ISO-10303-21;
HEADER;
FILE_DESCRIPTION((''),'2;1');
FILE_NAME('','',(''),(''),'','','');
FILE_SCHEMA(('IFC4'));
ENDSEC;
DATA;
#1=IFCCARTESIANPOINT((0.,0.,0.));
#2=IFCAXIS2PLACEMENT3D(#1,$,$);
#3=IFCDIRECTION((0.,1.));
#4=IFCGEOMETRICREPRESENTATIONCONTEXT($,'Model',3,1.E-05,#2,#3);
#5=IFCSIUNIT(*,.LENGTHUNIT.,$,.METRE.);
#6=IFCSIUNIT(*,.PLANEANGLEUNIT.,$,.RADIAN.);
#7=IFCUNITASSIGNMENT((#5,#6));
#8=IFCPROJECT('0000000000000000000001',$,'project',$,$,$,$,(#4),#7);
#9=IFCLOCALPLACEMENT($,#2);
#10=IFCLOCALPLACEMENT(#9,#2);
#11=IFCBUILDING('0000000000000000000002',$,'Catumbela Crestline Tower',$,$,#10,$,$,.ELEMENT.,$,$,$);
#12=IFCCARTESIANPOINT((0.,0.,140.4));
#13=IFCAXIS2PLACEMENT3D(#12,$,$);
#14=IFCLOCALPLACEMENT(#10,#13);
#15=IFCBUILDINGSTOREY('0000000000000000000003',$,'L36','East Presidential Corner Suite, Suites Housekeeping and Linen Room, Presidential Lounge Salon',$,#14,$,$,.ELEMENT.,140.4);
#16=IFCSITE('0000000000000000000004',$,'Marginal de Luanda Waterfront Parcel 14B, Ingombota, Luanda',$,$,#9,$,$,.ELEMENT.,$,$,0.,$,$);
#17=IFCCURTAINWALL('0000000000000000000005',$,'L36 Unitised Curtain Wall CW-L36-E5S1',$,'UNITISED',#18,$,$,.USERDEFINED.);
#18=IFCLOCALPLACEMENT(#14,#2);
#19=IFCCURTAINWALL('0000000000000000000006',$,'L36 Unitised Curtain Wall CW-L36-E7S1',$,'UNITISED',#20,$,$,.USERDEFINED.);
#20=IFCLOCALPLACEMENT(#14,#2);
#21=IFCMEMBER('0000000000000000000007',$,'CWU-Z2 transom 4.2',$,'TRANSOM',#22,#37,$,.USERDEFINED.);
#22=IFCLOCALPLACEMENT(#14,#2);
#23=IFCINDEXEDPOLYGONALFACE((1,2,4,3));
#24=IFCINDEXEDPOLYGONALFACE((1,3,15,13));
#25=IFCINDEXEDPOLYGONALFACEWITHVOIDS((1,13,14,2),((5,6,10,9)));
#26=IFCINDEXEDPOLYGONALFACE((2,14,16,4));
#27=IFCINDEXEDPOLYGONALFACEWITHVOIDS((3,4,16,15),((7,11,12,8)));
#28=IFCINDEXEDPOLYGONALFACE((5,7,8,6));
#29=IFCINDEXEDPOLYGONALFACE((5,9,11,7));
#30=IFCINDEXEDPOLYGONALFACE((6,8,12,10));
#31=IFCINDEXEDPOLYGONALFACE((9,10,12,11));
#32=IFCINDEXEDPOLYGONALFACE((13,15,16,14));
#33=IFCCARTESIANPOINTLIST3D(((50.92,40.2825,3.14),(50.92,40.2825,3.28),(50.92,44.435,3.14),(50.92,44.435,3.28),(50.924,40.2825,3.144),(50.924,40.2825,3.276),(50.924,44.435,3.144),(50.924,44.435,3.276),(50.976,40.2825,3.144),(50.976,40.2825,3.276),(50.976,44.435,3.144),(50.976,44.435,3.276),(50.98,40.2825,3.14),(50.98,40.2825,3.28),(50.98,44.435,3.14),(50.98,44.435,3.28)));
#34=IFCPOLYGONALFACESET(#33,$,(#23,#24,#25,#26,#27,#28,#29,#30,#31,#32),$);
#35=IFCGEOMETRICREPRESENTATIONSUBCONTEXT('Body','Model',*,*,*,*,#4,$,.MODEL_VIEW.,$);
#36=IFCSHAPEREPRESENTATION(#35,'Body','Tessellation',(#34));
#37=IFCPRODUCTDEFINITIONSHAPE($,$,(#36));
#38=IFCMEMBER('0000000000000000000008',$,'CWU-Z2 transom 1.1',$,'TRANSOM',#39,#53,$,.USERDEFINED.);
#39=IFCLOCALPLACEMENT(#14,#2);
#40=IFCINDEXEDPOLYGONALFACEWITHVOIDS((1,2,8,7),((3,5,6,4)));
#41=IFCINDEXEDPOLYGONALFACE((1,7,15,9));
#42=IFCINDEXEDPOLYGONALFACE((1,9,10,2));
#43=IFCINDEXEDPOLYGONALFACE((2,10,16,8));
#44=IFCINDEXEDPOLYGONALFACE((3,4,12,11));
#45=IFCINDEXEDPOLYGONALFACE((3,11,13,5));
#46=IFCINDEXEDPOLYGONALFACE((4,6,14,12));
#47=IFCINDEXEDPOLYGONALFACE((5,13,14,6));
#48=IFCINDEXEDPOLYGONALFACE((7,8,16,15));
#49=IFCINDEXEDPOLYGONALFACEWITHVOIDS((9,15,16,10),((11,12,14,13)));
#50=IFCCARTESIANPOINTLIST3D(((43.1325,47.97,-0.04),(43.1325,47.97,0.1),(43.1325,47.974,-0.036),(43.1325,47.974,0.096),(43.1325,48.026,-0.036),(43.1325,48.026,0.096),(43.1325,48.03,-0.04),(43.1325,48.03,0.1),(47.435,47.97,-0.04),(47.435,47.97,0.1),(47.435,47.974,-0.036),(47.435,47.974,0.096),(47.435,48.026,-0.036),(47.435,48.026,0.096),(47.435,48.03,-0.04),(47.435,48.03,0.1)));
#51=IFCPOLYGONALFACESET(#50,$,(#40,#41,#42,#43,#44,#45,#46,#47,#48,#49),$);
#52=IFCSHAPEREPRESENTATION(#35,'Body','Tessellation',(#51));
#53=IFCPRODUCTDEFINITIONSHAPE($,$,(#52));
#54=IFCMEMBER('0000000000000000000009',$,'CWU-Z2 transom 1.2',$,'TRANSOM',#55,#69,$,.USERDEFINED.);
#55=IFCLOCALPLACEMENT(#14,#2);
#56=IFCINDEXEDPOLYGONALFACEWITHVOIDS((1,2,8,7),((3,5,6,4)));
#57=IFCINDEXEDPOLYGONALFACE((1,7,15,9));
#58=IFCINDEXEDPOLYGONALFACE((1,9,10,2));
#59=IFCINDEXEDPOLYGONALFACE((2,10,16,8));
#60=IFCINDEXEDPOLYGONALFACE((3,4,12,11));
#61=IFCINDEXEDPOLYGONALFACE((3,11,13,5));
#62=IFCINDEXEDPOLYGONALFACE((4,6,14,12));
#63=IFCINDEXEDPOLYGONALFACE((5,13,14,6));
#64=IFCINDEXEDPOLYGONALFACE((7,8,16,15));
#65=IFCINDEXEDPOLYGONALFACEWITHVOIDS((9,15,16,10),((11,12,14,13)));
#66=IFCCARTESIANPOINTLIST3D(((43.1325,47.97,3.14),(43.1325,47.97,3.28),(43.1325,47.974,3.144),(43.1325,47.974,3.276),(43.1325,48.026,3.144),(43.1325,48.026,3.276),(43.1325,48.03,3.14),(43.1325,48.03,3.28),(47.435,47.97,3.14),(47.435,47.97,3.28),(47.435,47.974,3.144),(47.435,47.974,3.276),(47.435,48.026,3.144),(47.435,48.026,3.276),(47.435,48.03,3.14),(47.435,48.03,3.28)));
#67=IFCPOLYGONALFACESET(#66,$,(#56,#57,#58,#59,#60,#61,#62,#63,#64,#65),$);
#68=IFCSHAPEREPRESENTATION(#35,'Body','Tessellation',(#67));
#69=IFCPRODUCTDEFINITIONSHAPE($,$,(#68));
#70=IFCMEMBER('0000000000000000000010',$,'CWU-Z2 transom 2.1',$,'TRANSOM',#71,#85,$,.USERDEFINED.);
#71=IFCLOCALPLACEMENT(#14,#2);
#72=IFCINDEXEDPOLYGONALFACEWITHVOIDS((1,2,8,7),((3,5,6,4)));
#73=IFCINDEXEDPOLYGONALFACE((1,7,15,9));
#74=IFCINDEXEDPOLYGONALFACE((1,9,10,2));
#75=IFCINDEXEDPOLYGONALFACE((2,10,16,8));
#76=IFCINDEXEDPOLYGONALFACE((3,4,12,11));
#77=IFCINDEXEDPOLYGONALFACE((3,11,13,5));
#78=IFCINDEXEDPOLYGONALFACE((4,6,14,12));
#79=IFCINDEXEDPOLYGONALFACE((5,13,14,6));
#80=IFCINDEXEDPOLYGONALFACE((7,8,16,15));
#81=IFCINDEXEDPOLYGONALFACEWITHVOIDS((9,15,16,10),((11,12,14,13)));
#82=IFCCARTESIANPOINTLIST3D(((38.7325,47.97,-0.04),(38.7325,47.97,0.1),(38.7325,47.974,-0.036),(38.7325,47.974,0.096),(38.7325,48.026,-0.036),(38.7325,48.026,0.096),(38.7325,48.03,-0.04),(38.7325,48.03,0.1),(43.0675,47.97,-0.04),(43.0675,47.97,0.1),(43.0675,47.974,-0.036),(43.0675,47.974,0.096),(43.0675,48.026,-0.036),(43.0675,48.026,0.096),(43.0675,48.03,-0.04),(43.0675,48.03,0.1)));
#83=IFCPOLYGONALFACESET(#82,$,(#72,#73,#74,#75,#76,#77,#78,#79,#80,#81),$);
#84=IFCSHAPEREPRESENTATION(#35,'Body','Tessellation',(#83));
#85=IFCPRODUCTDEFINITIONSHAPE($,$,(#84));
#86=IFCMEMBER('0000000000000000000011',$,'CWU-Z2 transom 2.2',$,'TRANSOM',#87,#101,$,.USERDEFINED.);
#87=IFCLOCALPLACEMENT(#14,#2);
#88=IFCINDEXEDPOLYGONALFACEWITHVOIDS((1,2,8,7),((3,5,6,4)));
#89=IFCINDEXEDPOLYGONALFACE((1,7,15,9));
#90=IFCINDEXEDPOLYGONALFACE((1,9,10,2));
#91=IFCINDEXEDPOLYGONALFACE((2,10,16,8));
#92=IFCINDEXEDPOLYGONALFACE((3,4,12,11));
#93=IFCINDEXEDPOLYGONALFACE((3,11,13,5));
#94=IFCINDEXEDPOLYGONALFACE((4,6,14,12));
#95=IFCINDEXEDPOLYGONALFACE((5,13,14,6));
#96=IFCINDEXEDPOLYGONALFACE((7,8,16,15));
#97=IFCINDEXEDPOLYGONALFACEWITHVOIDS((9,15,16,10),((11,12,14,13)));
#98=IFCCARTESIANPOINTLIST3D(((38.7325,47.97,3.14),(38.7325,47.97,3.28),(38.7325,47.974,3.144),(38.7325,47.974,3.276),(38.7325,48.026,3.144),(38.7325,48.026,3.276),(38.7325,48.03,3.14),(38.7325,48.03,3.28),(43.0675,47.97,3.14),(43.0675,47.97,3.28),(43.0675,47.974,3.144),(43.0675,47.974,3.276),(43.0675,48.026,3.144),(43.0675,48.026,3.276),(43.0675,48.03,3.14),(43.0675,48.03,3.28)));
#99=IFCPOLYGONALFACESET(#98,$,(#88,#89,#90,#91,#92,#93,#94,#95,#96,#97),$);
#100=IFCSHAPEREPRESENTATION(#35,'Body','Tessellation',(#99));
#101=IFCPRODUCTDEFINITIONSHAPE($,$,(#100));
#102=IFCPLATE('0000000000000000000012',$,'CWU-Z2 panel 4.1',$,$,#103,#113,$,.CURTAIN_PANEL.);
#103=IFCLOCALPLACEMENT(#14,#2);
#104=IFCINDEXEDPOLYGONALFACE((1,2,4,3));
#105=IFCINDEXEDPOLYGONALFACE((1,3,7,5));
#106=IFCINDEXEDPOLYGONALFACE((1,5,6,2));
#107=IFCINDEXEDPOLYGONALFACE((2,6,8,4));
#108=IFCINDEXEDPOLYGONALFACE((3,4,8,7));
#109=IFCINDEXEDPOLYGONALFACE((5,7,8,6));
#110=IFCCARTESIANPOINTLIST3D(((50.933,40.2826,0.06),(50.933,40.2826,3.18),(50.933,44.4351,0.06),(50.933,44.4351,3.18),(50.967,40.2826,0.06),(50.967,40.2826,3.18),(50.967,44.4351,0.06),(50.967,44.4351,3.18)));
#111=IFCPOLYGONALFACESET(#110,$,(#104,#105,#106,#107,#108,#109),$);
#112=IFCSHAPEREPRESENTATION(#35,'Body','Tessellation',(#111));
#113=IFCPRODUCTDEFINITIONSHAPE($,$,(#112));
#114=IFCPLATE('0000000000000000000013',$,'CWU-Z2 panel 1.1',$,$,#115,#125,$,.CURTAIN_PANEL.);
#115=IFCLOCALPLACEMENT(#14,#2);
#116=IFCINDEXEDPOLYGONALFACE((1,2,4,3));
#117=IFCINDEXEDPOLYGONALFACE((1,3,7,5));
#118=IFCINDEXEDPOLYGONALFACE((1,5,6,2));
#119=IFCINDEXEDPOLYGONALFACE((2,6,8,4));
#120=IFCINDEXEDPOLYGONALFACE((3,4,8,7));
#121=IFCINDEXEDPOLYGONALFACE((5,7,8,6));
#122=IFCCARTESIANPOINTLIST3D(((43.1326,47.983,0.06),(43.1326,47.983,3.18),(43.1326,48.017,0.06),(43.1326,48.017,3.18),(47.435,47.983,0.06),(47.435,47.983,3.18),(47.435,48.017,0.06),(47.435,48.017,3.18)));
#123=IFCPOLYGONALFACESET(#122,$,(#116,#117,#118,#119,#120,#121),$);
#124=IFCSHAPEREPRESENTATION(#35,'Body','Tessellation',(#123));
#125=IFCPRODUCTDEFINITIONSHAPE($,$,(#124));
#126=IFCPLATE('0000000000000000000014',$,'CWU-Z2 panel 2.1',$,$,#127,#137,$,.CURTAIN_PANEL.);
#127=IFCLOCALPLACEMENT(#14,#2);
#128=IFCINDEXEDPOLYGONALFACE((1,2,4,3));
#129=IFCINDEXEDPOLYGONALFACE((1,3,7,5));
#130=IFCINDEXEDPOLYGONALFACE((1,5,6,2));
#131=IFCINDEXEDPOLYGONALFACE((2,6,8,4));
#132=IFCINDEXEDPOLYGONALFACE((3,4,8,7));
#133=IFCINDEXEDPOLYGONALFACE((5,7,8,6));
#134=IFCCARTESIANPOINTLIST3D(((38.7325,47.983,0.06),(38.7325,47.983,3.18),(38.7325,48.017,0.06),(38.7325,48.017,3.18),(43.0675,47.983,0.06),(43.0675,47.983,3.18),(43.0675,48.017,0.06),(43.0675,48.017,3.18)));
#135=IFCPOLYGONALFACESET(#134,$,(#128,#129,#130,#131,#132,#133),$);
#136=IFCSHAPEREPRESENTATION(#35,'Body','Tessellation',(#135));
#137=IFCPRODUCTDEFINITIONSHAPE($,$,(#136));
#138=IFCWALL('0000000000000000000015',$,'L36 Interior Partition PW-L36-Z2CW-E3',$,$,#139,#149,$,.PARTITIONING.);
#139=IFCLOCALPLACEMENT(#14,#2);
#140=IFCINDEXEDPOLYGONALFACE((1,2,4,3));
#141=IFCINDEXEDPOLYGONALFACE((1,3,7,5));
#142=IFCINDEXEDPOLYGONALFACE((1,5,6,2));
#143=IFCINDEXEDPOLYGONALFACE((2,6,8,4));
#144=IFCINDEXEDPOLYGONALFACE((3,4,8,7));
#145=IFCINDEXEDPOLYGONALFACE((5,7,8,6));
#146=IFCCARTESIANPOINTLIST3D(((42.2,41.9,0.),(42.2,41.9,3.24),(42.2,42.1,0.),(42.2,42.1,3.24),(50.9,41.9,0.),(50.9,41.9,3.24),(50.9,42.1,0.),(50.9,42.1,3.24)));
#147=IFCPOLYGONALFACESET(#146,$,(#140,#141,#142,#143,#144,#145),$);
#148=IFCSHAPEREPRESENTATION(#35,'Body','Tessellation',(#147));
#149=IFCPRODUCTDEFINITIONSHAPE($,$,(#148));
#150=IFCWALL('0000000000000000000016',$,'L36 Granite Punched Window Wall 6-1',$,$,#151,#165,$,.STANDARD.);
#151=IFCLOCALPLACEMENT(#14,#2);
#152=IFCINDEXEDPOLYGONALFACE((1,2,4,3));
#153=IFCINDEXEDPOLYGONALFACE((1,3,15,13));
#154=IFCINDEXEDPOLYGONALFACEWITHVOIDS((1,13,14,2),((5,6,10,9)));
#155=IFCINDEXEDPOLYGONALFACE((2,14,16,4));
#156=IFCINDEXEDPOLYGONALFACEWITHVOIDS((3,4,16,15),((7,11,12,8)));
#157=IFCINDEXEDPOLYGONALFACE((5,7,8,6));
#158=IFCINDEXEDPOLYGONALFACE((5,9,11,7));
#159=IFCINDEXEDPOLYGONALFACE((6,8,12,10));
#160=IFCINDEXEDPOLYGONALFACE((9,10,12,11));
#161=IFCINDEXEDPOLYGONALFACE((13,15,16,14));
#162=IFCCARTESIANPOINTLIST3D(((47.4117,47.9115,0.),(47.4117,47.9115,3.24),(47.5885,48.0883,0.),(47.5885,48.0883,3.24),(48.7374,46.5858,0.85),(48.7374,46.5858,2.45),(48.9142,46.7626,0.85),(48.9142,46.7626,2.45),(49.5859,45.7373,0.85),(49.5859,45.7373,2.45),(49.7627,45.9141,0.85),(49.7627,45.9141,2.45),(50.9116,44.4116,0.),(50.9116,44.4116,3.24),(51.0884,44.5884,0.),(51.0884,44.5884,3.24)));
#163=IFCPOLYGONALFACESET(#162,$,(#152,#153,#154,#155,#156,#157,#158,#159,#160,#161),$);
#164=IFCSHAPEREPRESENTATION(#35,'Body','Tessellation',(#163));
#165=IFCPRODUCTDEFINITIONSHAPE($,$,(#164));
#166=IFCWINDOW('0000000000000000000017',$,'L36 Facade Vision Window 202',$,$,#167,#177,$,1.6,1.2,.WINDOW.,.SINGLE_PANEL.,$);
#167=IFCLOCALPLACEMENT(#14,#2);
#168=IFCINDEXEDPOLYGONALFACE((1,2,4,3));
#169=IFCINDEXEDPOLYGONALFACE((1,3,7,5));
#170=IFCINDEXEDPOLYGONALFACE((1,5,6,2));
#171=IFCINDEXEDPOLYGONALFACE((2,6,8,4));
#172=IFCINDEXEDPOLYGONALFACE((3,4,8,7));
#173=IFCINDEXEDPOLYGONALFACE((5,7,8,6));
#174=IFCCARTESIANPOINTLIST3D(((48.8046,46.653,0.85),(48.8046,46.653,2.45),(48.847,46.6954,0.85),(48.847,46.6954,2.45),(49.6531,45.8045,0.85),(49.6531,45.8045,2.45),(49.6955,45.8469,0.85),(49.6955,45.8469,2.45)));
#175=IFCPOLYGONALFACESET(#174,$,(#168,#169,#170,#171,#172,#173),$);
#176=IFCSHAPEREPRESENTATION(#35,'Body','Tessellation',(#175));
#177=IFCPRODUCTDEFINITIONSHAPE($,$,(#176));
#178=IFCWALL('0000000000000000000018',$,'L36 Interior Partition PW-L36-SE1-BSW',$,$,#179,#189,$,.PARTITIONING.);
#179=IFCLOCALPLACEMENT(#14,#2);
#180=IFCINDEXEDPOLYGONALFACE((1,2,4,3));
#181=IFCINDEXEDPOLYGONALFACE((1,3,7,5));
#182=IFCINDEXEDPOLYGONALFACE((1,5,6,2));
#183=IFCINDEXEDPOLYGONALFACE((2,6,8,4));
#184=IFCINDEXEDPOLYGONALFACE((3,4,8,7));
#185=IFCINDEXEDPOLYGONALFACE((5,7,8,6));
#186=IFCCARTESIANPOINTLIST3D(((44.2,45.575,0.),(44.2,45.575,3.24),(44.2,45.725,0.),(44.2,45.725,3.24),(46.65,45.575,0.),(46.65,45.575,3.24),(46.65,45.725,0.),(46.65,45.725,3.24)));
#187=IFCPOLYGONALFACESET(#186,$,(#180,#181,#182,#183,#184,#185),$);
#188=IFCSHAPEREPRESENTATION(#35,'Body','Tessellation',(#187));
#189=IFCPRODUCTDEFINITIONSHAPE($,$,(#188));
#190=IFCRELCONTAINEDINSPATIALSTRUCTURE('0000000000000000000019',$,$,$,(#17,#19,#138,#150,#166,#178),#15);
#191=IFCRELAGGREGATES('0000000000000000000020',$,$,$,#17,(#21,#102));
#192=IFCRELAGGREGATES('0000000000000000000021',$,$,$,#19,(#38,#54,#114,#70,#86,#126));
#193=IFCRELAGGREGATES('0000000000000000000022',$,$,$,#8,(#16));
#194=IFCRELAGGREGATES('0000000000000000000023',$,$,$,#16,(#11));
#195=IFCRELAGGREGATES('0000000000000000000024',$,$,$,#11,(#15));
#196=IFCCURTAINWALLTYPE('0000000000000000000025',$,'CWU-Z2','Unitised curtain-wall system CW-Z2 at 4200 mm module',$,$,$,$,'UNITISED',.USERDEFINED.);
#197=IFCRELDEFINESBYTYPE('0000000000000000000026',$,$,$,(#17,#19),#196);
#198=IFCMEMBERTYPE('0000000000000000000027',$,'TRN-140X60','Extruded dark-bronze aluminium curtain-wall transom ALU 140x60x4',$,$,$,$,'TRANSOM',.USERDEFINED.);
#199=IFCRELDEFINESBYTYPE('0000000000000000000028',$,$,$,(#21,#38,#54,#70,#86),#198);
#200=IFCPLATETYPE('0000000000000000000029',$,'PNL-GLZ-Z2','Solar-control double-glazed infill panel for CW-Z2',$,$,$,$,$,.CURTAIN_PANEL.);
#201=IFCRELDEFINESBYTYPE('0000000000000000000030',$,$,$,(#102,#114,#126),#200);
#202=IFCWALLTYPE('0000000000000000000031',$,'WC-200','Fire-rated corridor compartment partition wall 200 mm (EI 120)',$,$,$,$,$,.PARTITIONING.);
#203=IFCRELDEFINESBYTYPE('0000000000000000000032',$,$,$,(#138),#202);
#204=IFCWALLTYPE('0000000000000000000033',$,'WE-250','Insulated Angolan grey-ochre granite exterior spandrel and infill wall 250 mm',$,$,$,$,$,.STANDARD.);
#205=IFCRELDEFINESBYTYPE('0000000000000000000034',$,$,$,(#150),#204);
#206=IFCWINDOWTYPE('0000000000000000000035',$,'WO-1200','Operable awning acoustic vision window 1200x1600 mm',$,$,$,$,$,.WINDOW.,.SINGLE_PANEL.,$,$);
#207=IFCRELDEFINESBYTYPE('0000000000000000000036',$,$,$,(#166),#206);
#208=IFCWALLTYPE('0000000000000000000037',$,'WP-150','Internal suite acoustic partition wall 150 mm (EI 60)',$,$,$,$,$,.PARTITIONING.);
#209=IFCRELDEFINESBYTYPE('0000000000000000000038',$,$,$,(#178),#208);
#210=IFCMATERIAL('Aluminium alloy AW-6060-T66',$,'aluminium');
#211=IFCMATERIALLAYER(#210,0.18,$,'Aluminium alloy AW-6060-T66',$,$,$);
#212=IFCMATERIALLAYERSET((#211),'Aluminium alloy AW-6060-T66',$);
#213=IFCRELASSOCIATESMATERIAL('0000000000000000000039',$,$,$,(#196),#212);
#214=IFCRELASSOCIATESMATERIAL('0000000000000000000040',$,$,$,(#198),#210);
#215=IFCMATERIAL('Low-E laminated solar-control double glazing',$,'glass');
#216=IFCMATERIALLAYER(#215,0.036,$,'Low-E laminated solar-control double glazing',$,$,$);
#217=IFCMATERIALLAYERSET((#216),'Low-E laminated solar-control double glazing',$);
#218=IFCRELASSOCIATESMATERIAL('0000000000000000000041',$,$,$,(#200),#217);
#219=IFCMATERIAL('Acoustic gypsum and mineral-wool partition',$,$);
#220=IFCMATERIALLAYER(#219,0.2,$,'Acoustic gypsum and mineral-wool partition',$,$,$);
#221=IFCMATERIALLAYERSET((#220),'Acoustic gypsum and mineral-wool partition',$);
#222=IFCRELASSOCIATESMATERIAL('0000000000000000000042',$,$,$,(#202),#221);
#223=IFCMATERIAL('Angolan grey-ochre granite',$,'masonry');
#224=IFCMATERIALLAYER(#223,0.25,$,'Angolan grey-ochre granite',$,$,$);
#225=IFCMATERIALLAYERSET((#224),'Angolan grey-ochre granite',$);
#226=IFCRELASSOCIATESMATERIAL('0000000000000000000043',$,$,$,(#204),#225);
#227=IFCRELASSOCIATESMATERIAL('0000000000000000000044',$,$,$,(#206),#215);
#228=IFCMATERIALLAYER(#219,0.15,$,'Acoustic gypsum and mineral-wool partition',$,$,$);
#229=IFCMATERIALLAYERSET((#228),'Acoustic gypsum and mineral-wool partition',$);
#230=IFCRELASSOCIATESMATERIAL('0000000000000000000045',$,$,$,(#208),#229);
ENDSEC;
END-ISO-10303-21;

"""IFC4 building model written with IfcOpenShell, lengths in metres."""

from ifc_helpers import new_model, si_unit, direction, frame, frame_2d, origin, origin_2d, place, context, subcontext, project, spatial, rectangle, hollow_rectangle, extrude, material, layer, layer_set, material_profile, profile_set, type_object, element, fill, aggregate, save


model = new_model("IFC4")

# Units and contexts
model_context = context("Model", 3, precision=1e-05, world=origin(), true_north=direction((0.0, 1.0)))
body_context = subcontext(model_context, "Body", "Model", "MODEL_VIEW")
ifc_project = project(units=[si_unit("LENGTHUNIT", "METRE"), si_unit("PLANEANGLEUNIT", "RADIAN")], contexts=[model_context])

# Site, building, storey
site_placement = place(None, origin())
site = spatial("IfcSite", under=ifc_project, at=site_placement, Name="Marginal de Luanda Waterfront Parcel 14B, Ingombota, Luanda", CompositionType="ELEMENT", RefElevation=0.0)
building_placement = place(site_placement, origin())
building = spatial("IfcBuilding", under=site, at=building_placement, Name="Catumbela Crestline Tower", CompositionType="ELEMENT")
storey_placement = place(building_placement, frame((0.0, 0.0, 140.4)))
storey = spatial("IfcBuildingStorey", under=building, at=storey_placement, Name="L36", Description="East Presidential Corner Suite, Suites Housekeeping and Linen Room, Presidential Lounge Salon", CompositionType="ELEMENT", Elevation=140.4)

# Curtain walls
ifc_material_1 = material(Name="Aluminium alloy AW-6060-T66", Category="aluminium")
ifc_layer_1 = layer(ifc_material_1, 0.18, Name="Aluminium alloy AW-6060-T66")
ifc_layer_set_1 = layer_set([ifc_layer_1], Name="Aluminium alloy AW-6060-T66")
curtain_wall_type = type_object("IfcCurtainWallType", Name="CWU-Z2", Description="Unitised curtain-wall system CW-Z2 at 4200 mm module", ElementType="UNITISED", PredefinedType="USERDEFINED", material=ifc_layer_set_1)
curtain_wall_1_placement = place(storey_placement, origin())
curtain_wall_1 = element("IfcCurtainWall", 1, at=curtain_wall_1_placement, inside=storey, type_object=curtain_wall_type, Name="L36 Unitised Curtain Wall CW-L36-E5S1", ObjectType="UNITISED", PredefinedType="USERDEFINED")
curtain_wall_2_placement = place(storey_placement, origin())
curtain_wall_2 = element("IfcCurtainWall", 2, at=curtain_wall_2_placement, inside=storey, type_object=curtain_wall_type, Name="L36 Unitised Curtain Wall CW-L36-E7S1", ObjectType="UNITISED", PredefinedType="USERDEFINED")

# Members
ifc_material_profile_1 = material_profile(ifc_material_1, hollow_rectangle(XDim=0.06, YDim=0.14, WallThickness=0.004, at=origin_2d()), Name="ALU 140x60x4")
ifc_profile_set_1 = profile_set([ifc_material_profile_1], Name="Aluminium alloy AW-6060-T66")
member_type_1 = type_object("IfcMemberType", Name="TRN-140X60", Description="Extruded dark-bronze aluminium curtain-wall transom ALU 140x60x4", ElementType="TRANSOM", PredefinedType="USERDEFINED", material=ifc_profile_set_1)
member_1_placement = place(storey_placement, frame((50.95, 40.2825, 3.21), z_axis=(0.0, 1.0, 0.0), x_axis=(-1.0, 0.0, 0.0)))
member_1 = element("IfcMember", 3, at=member_1_placement, type_object=member_type_1, Name="CWU-Z2 transom 4.2", ObjectType="TRANSOM", PredefinedType="USERDEFINED", context=body_context, shape_type="SweptSolid", body=[
    extrude(hollow_rectangle(XDim=0.06, YDim=0.14, WallThickness=0.004, at=origin_2d()), origin(), (0.0, 0.0, 1.0), 4.1525),
])
member_2_placement = place(storey_placement, frame((47.435, 48.0, 0.03), z_axis=(-1.0, 0.0, 0.0), x_axis=(0.0, -1.0, 0.0)))
member_2 = element("IfcMember", 4, at=member_2_placement, type_object=member_type_1, Name="CWU-Z2 transom 1.1", ObjectType="TRANSOM", PredefinedType="USERDEFINED", context=body_context, shape_type="SweptSolid", body=[
    extrude(hollow_rectangle(XDim=0.06, YDim=0.14, WallThickness=0.004, at=origin_2d()), origin(), (0.0, 0.0, 1.0), 4.3025),
])
member_3_placement = place(storey_placement, frame((47.435, 48.0, 3.21), z_axis=(-1.0, 0.0, 0.0), x_axis=(0.0, -1.0, 0.0)))
member_3 = element("IfcMember", 5, at=member_3_placement, type_object=member_type_1, Name="CWU-Z2 transom 1.2", ObjectType="TRANSOM", PredefinedType="USERDEFINED", context=body_context, shape_type="SweptSolid", body=[
    extrude(hollow_rectangle(XDim=0.06, YDim=0.14, WallThickness=0.004, at=origin_2d()), origin(), (0.0, 0.0, 1.0), 4.3025),
])
member_4_placement = place(storey_placement, frame((43.0675, 48.0, 0.03), z_axis=(-1.0, 0.0, 0.0), x_axis=(0.0, -1.0, 0.0)))
member_4 = element("IfcMember", 6, at=member_4_placement, type_object=member_type_1, Name="CWU-Z2 transom 2.1", ObjectType="TRANSOM", PredefinedType="USERDEFINED", context=body_context, shape_type="SweptSolid", body=[
    extrude(hollow_rectangle(XDim=0.06, YDim=0.14, WallThickness=0.004, at=origin_2d()), origin(), (0.0, 0.0, 1.0), 4.335),
])
member_5_placement = place(storey_placement, frame((43.0675, 48.0, 3.21), z_axis=(-1.0, 0.0, 0.0), x_axis=(0.0, -1.0, 0.0)))
member_5 = element("IfcMember", 7, at=member_5_placement, type_object=member_type_1, Name="CWU-Z2 transom 2.2", ObjectType="TRANSOM", PredefinedType="USERDEFINED", context=body_context, shape_type="SweptSolid", body=[
    extrude(hollow_rectangle(XDim=0.06, YDim=0.14, WallThickness=0.004, at=origin_2d()), origin(), (0.0, 0.0, 1.0), 4.335),
])

# Plates
ifc_material_2 = material(Name="Low-E laminated solar-control double glazing", Category="glass")
ifc_layer_2 = layer(ifc_material_2, 0.036, Name="Low-E laminated solar-control double glazing")
ifc_layer_set_2 = layer_set([ifc_layer_2], Name="Low-E laminated solar-control double glazing")
plate_type = type_object("IfcPlateType", Name="PNL-GLZ-Z2", Description="Solar-control double-glazed infill panel for CW-Z2", PredefinedType="CURTAIN_PANEL", material=ifc_layer_set_2)
plate_1_placement = place(storey_placement, frame((50.95, 42.3588, 0.06), z_axis=(0.0, 0.0, 1.0), x_axis=(0.0, 1.0, 0.0)))
plate_1 = element("IfcPlate", 8, at=plate_1_placement, type_object=plate_type, Name="CWU-Z2 panel 4.1", PredefinedType="CURTAIN_PANEL", context=body_context, shape_type="SweptSolid", body=[
    extrude(rectangle(XDim=4.1525, YDim=0.034, at=origin_2d()), origin(), (0.0, 0.0, 1.0), 3.12),
])
aggregate(curtain_wall_1, [member_1, plate_1])
plate_2_placement = place(storey_placement, frame((45.2838, 48.0, 0.06), z_axis=(0.0, 0.0, 1.0), x_axis=(-1.0, 0.0, 0.0)))
plate_2 = element("IfcPlate", 9, at=plate_2_placement, type_object=plate_type, Name="CWU-Z2 panel 1.1", PredefinedType="CURTAIN_PANEL", context=body_context, shape_type="SweptSolid", body=[
    extrude(rectangle(XDim=4.3025, YDim=0.034, at=origin_2d()), origin(), (0.0, 0.0, 1.0), 3.12),
])
plate_3_placement = place(storey_placement, frame((40.9, 48.0, 0.06), z_axis=(0.0, 0.0, 1.0), x_axis=(-1.0, 0.0, 0.0)))
plate_3 = element("IfcPlate", 10, at=plate_3_placement, type_object=plate_type, Name="CWU-Z2 panel 2.1", PredefinedType="CURTAIN_PANEL", context=body_context, shape_type="SweptSolid", body=[
    extrude(rectangle(XDim=4.335, YDim=0.034, at=origin_2d()), origin(), (0.0, 0.0, 1.0), 3.12),
])
aggregate(curtain_wall_2, [member_2, member_3, plate_2, member_4, member_5, plate_3])

# Wall
ifc_material_3 = material(Name="Acoustic gypsum and mineral-wool partition")
ifc_layer_3 = layer(ifc_material_3, 0.2, Name="Acoustic gypsum and mineral-wool partition")
ifc_layer_set_3 = layer_set([ifc_layer_3], Name="Acoustic gypsum and mineral-wool partition")
wall_type_1 = type_object("IfcWallType", Name="WC-200", Description="Fire-rated corridor compartment partition wall 200 mm (EI 120)", PredefinedType="PARTITIONING", material=ifc_layer_set_3)
wall_1_placement = place(storey_placement, frame((42.2, 42.0, 0.0), z_axis=(0.0, 0.0, 1.0), x_axis=(1.0, 0.0, 0.0)))
element("IfcWall", 11, at=wall_1_placement, inside=storey, type_object=wall_type_1, Name="L36 Interior Partition PW-L36-Z2CW-E3", PredefinedType="PARTITIONING", context=body_context, shape_type="SweptSolid", body=[
    extrude(rectangle(XDim=8.7, YDim=0.2, at=frame_2d((4.35, 0.0))), origin(), (0.0, 0.0, 1.0), 3.24),
])

# Wall, opening, window
ifc_material_4 = material(Name="Angolan grey-ochre granite", Category="masonry")
ifc_layer_4 = layer(ifc_material_4, 0.25, Name="Angolan grey-ochre granite")
ifc_layer_set_4 = layer_set([ifc_layer_4], Name="Angolan grey-ochre granite")
wall_type_2 = type_object("IfcWallType", Name="WE-250", Description="Insulated Angolan grey-ochre granite exterior spandrel and infill wall 250 mm", PredefinedType="STANDARD", material=ifc_layer_set_4)
wall_2_placement = place(storey_placement, frame((51.0, 44.5, 0.0), z_axis=(0.0, 0.0, 1.0), x_axis=(-0.707107, 0.707107, 0.0)))
wall_2 = element("IfcWall", 12, at=wall_2_placement, inside=storey, type_object=wall_type_2, Name="L36 Granite Punched Window Wall 6-1", PredefinedType="STANDARD", context=body_context, shape_type="SweptSolid", body=[
    extrude(rectangle(XDim=4.9497, YDim=0.25, at=frame_2d((2.4748, 0.0))), origin(), (0.0, 0.0, 1.0), 3.24),
])
opening_1_placement = place(wall_2_placement, frame((1.8748, 0.0, 0.85)))
opening_1 = element("IfcOpeningElement", 13, at=opening_1_placement, cuts=wall_2, PredefinedType="OPENING", context=body_context, shape_type="SweptSolid", body=[
    extrude(rectangle(XDim=1.2, YDim=1.6, at=frame_2d((0.6, 0.8))), frame((0.0, 0.135, 0.0), z_axis=(0.0, -1.0, 0.0), x_axis=(1.0, 0.0, 0.0)), (0.0, 0.0, 1.0), 0.27),
])
window_type = type_object("IfcWindowType", Name="WO-1200", Description="Operable awning acoustic vision window 1200x1600 mm", PartitioningType="SINGLE_PANEL", PredefinedType="WINDOW", material=ifc_material_2)
window_placement = place(opening_1_placement, origin())
window = element("IfcWindow", 14, at=window_placement, inside=storey, type_object=window_type, Name="L36 Facade Vision Window 202", OverallHeight=1.6, OverallWidth=1.2, PartitioningType="SINGLE_PANEL", PredefinedType="WINDOW", context=body_context, shape_type="SweptSolid", body=[
    extrude(rectangle(XDim=1.2, YDim=1.6, at=frame_2d((0.6, 0.8))), frame((0.0, 0.03, 0.0), z_axis=(0.0, -1.0, 0.0), x_axis=(1.0, 0.0, 0.0)), (0.0, 0.0, 1.0), 0.06),
])
fill(opening_1, window)

# Wall
ifc_layer_5 = layer(ifc_material_3, 0.15, Name="Acoustic gypsum and mineral-wool partition")
ifc_layer_set_5 = layer_set([ifc_layer_5], Name="Acoustic gypsum and mineral-wool partition")
wall_type_3 = type_object("IfcWallType", Name="WP-150", Description="Internal suite acoustic partition wall 150 mm (EI 60)", PredefinedType="PARTITIONING", material=ifc_layer_set_5)
wall_3_placement = place(storey_placement, frame((44.2, 45.65, 0.0), z_axis=(0.0, 0.0, 1.0), x_axis=(1.0, 0.0, 0.0)))
element("IfcWall", 15, at=wall_3_placement, inside=storey, type_object=wall_type_3, Name="L36 Interior Partition PW-L36-SE1-BSW", PredefinedType="PARTITIONING", context=body_context, shape_type="SweptSolid", body=[
    extrude(rectangle(XDim=2.45, YDim=0.15, at=frame_2d((1.225, 0.0))), origin(), (0.0, 0.0, 1.0), 3.24),
])

save(model, "model.ifc")
